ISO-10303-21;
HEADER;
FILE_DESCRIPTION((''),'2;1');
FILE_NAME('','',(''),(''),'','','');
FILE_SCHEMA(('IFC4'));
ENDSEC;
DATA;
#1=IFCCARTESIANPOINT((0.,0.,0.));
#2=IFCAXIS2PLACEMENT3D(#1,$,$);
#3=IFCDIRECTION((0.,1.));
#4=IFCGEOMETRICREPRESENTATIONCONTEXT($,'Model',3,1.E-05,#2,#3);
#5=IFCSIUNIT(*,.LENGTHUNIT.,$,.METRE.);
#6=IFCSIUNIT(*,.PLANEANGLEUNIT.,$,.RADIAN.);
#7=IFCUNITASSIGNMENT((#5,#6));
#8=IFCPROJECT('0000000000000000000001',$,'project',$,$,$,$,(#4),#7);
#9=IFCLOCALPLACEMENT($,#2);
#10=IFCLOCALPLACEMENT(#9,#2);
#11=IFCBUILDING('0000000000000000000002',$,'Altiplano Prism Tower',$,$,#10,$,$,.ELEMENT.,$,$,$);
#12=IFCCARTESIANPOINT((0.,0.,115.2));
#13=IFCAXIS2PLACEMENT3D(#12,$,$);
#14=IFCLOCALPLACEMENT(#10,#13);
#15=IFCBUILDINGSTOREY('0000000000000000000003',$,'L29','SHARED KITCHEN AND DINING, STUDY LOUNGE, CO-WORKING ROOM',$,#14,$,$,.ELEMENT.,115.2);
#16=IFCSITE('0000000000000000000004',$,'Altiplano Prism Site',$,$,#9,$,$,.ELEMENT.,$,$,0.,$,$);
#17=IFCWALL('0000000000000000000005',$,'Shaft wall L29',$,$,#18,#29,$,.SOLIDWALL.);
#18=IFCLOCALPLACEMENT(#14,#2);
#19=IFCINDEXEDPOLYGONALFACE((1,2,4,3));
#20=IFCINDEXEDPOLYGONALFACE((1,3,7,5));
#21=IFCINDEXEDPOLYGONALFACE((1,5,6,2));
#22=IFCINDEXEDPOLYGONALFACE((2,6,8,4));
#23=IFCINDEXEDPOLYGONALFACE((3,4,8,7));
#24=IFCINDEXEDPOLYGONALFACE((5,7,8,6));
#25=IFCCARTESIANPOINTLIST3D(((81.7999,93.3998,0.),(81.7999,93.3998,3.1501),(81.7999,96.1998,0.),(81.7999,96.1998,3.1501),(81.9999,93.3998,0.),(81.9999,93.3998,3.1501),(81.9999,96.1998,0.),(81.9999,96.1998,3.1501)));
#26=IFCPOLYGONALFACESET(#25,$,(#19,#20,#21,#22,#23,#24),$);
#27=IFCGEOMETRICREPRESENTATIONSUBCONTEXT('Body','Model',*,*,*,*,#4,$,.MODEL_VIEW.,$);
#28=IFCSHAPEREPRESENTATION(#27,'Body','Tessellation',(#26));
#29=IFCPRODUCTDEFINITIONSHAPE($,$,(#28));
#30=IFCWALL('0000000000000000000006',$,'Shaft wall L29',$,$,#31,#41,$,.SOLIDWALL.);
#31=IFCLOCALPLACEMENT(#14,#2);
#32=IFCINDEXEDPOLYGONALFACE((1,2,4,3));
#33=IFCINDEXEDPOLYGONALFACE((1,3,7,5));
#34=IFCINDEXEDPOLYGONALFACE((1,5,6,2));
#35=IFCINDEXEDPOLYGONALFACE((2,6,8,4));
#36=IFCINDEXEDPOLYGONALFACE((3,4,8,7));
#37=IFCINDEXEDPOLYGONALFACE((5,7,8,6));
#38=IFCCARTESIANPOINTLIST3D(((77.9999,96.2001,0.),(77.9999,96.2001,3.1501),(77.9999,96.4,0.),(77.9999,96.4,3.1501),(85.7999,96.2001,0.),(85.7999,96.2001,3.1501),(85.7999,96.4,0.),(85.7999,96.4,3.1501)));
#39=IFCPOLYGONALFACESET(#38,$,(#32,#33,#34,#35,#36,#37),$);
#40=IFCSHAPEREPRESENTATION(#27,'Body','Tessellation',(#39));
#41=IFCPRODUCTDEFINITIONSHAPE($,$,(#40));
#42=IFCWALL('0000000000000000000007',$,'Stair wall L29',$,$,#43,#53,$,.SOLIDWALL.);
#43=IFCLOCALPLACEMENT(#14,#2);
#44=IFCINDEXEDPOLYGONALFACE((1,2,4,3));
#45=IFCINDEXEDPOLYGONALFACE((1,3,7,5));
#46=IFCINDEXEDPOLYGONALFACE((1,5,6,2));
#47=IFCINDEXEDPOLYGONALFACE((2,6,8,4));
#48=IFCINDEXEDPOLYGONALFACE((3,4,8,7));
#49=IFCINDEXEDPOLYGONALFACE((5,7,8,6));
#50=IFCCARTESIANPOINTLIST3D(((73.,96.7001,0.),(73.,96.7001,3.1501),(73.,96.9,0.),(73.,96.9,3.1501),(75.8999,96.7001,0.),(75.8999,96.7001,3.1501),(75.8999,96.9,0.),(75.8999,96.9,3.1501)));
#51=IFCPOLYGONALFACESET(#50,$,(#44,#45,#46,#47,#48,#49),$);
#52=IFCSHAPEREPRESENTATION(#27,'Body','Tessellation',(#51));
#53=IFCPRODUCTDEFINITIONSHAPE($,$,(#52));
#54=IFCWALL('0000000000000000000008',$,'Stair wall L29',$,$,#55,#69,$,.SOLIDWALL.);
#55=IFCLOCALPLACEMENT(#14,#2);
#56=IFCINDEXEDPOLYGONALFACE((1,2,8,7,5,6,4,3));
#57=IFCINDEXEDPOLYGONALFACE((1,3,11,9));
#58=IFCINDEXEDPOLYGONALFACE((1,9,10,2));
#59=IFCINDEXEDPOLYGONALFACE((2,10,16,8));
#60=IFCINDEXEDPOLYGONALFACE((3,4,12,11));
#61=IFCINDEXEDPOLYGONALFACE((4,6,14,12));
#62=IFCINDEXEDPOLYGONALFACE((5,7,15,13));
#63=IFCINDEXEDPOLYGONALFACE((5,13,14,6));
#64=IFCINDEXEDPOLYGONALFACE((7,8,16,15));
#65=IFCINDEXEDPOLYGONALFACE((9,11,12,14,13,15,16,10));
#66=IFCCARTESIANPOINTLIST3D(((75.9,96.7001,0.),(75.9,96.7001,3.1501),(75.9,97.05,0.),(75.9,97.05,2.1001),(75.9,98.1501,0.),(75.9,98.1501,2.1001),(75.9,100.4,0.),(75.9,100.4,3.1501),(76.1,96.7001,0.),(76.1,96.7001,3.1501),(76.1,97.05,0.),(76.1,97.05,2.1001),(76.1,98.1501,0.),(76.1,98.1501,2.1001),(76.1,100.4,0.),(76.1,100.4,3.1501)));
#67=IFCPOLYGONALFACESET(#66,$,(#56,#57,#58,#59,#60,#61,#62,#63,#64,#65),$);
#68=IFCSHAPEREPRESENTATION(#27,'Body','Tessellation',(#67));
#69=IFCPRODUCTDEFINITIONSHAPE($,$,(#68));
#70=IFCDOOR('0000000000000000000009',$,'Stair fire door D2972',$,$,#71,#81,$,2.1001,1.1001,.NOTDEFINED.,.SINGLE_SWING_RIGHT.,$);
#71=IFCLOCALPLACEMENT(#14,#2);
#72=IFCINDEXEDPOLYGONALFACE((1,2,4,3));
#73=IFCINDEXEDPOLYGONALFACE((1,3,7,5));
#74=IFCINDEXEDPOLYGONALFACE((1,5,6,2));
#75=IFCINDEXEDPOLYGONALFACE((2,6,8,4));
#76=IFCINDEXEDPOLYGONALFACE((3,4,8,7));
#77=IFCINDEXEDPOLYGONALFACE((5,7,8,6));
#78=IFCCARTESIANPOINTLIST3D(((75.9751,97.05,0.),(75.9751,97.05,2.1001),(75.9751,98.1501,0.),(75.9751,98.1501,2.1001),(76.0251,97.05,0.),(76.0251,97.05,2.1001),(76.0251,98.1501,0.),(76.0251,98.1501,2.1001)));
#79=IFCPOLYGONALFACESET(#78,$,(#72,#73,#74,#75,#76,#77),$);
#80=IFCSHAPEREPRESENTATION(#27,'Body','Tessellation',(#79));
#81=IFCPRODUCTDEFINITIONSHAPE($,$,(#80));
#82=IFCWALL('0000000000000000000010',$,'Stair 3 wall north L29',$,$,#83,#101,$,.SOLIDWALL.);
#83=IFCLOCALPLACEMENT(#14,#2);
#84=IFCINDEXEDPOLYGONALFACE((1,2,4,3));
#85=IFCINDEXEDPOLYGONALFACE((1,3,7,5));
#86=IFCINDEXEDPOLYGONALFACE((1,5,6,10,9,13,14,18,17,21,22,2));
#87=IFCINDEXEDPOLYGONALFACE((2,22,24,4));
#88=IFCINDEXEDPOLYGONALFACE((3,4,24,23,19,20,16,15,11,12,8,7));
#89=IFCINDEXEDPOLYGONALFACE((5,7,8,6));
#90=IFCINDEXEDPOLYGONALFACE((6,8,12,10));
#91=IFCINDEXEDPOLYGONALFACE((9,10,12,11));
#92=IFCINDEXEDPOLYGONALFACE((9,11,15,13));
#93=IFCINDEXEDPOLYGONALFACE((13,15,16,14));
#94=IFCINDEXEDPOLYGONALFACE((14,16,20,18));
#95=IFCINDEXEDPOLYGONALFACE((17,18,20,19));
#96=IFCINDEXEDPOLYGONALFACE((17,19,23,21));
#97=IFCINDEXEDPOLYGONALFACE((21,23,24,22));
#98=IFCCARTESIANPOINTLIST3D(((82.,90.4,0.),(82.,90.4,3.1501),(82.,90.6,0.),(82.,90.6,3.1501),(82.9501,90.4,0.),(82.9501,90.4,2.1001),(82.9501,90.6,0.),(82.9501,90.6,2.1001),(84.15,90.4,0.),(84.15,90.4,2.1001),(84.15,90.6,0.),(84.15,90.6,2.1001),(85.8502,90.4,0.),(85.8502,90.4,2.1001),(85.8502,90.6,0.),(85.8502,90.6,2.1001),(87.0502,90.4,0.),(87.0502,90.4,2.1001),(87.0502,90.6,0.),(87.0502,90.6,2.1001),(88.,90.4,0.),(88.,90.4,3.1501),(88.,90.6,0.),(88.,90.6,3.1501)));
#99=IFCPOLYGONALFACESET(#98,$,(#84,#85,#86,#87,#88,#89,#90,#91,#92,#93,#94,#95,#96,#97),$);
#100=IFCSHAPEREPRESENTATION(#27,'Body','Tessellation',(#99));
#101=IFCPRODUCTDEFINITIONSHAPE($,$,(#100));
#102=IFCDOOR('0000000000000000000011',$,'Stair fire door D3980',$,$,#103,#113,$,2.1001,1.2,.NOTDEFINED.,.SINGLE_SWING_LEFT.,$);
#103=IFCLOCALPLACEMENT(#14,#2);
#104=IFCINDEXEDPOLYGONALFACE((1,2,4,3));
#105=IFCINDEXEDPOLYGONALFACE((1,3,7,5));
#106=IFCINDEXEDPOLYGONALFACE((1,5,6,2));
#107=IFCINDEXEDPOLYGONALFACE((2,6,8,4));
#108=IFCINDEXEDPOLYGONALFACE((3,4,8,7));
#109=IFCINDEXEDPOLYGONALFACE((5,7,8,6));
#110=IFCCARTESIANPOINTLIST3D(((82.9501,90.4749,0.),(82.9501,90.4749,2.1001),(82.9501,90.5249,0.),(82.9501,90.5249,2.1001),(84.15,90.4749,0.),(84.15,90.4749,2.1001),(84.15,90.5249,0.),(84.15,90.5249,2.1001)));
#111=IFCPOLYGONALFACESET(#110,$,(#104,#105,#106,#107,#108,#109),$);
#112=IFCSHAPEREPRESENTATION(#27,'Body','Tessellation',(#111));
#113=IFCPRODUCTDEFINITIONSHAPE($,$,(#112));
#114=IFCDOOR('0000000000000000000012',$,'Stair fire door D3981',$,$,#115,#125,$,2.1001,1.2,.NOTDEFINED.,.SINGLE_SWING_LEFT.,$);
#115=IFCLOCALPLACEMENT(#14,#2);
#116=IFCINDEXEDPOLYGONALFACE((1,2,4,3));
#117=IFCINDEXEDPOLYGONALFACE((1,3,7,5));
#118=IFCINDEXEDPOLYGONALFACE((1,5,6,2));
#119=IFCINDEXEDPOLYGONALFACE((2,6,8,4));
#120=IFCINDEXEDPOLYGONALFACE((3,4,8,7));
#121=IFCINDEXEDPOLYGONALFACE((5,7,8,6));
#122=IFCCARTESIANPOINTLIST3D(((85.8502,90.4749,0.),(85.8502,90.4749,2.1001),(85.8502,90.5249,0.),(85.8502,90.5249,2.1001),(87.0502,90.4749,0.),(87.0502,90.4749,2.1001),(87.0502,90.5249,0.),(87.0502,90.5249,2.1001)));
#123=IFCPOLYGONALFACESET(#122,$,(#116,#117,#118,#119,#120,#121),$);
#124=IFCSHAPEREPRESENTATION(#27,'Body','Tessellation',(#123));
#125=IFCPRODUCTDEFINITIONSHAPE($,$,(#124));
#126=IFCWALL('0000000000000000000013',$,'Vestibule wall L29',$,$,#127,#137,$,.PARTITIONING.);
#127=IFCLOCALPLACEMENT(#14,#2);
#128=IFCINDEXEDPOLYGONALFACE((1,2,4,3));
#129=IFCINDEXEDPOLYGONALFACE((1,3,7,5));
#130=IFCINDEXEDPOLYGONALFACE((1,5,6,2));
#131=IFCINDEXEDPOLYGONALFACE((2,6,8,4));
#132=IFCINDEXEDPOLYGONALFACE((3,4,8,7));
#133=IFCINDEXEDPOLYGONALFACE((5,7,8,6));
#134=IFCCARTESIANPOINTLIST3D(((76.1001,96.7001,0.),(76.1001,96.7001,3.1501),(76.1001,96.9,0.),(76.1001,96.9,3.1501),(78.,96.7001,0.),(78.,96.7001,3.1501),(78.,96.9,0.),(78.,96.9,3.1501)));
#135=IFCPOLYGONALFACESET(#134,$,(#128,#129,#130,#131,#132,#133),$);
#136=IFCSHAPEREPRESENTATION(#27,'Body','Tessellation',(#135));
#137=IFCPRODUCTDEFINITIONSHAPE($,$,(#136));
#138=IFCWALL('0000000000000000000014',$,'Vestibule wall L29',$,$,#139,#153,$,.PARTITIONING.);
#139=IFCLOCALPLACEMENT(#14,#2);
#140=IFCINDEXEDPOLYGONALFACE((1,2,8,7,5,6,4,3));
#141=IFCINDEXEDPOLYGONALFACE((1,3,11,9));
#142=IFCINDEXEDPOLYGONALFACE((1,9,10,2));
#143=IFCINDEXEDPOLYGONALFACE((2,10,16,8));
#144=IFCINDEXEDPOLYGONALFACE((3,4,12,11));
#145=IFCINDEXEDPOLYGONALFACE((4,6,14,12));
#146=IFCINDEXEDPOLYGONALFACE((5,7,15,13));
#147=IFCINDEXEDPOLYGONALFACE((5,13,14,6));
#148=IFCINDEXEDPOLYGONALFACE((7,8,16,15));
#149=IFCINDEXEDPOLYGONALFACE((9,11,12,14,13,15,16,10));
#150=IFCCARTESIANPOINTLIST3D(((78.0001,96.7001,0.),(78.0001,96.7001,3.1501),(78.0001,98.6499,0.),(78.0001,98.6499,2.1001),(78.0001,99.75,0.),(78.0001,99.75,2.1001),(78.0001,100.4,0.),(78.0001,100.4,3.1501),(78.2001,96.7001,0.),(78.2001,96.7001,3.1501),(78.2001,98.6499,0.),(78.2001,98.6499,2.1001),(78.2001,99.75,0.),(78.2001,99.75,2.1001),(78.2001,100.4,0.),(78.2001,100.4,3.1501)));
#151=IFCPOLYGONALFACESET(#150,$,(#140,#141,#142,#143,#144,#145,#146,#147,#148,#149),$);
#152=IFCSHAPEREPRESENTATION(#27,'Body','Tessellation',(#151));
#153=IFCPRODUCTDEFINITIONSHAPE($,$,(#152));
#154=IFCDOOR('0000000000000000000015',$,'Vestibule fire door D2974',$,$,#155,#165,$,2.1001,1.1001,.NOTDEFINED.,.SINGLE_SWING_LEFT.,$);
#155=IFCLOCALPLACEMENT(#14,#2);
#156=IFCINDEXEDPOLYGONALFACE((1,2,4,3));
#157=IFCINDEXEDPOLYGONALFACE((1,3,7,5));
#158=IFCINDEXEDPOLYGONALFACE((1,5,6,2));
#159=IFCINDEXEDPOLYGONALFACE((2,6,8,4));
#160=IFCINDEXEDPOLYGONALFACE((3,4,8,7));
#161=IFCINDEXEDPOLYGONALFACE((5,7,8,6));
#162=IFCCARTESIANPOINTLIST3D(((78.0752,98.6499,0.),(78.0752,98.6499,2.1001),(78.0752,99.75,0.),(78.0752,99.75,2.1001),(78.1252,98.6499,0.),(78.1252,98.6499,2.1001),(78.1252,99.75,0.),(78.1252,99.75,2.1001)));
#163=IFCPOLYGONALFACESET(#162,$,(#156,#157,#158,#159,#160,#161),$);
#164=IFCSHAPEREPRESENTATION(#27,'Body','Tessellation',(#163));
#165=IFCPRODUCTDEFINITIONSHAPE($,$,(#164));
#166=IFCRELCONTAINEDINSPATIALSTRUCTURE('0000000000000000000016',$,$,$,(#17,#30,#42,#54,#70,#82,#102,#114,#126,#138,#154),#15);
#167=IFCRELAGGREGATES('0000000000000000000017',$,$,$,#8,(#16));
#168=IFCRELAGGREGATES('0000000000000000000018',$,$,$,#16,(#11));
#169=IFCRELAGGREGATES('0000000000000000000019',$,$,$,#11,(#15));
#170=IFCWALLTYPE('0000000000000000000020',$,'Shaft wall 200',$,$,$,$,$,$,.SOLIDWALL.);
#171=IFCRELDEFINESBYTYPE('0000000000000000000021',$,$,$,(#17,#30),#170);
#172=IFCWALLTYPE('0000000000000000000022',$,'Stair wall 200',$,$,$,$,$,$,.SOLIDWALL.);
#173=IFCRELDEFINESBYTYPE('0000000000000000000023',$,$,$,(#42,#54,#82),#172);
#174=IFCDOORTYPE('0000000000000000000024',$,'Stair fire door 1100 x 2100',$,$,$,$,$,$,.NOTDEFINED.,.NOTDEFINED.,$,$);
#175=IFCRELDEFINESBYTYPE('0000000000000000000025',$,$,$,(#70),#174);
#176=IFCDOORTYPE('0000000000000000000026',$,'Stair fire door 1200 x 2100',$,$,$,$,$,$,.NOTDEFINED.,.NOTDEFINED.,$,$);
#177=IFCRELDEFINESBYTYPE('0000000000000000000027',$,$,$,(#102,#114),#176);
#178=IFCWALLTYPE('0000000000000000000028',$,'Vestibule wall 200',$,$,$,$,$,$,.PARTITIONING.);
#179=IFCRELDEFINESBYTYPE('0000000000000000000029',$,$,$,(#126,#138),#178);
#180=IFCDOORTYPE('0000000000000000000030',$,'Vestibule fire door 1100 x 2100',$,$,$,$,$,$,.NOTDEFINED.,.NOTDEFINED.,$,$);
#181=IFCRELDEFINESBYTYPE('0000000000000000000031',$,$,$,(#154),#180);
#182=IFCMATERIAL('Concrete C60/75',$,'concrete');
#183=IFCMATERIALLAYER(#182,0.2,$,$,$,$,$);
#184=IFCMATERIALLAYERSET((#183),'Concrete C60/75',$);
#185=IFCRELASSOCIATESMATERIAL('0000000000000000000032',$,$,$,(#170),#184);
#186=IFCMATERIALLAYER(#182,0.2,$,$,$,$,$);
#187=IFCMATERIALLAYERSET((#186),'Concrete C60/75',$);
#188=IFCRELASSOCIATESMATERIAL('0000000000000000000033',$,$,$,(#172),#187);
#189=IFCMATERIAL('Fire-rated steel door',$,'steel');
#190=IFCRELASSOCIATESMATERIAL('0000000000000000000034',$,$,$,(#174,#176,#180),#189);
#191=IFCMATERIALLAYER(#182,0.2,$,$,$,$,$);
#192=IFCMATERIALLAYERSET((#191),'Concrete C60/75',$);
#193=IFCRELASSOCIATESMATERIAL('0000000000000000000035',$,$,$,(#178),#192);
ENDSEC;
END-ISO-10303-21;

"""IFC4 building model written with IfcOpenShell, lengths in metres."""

from ifc_helpers import new_model, si_unit, direction, frame, frame_2d, origin, place, context, subcontext, project, spatial, rectangle, extrude, material, layer, layer_set, type_object, element, fill, save


model = new_model("IFC4")

# Units and contexts
model_context = context("Model", 3, precision=1e-05, world=origin(), true_north=direction((0.0, 1.0)))
body_context = subcontext(model_context, "Body", "Model", "MODEL_VIEW")
ifc_project = project(units=[si_unit("LENGTHUNIT", "METRE"), si_unit("PLANEANGLEUNIT", "RADIAN")], contexts=[model_context])

# Site, building, storey
site_placement = place(None, origin())
site = spatial("IfcSite", under=ifc_project, at=site_placement, Name="Altiplano Prism Site", CompositionType="ELEMENT", RefElevation=0.0)
building_placement = place(site_placement, origin())
building = spatial("IfcBuilding", under=site, at=building_placement, Name="Altiplano Prism Tower", CompositionType="ELEMENT")
storey_placement = place(building_placement, frame((0.0, 0.0, 115.2)))
storey = spatial("IfcBuildingStorey", under=building, at=storey_placement, Name="L29", Description="SHARED KITCHEN AND DINING, STUDY LOUNGE, CO-WORKING ROOM", CompositionType="ELEMENT", Elevation=115.2)

# Shared definitions
ifc_material_1 = material(Name="Fire-rated steel door", Category="steel")

# Walls
ifc_material_2 = material(Name="Concrete C60/75", Category="concrete")
ifc_layer_1 = layer(ifc_material_2, 0.2)
ifc_layer_set_1 = layer_set([ifc_layer_1], Name="Concrete C60/75")
wall_type_1 = type_object("IfcWallType", Name="Shaft wall 200", PredefinedType="SOLIDWALL", material=ifc_layer_set_1)
for number, where, z_axis, x_axis, name in (
    (1, (81.8999, 93.3999, 0.0), (0.0, 0.0, 1.0), (0.0, 1.0, 0.0), "Shaft wall L29"),
):
    element("IfcWall", number, at=place(storey_placement, frame(where, z_axis=z_axis, x_axis=x_axis)), inside=storey, type_object=wall_type_1, Name=name, PredefinedType="SOLIDWALL", context=body_context, shape_type="SweptSolid", body=[
        extrude(rectangle(XDim=2.8, YDim=0.2, at=frame_2d((1.3999, 0.0))), origin(), (0.0, 0.0, 1.0), 3.1501),
    ])
wall_1_placement = place(storey_placement, frame((78.0, 96.3, 0.0), z_axis=(0.0, 0.0, 1.0), x_axis=(1.0, 0.0, 0.0)))
element("IfcWall", 2, at=wall_1_placement, inside=storey, type_object=wall_type_1, Name="Shaft wall L29", PredefinedType="SOLIDWALL", context=body_context, shape_type="SweptSolid", body=[
    extrude(rectangle(XDim=7.8, YDim=0.2, at=frame_2d((3.8999, 0.0))), origin(), (0.0, 0.0, 1.0), 3.1501),
])
ifc_layer_2 = layer(ifc_material_2, 0.2)
ifc_layer_set_2 = layer_set([ifc_layer_2], Name="Concrete C60/75")
wall_type_2 = type_object("IfcWallType", Name="Stair wall 200", PredefinedType="SOLIDWALL", material=ifc_layer_set_2)
wall_2_placement = place(storey_placement, frame((73.0, 96.8, 0.0), z_axis=(0.0, 0.0, 1.0), x_axis=(1.0, 0.0, 0.0)))
element("IfcWall", 3, at=wall_2_placement, inside=storey, type_object=wall_type_2, Name="Stair wall L29", PredefinedType="SOLIDWALL", context=body_context, shape_type="SweptSolid", body=[
    extrude(rectangle(XDim=2.8999, YDim=0.2, at=frame_2d((1.45, 0.0))), origin(), (0.0, 0.0, 1.0), 3.1501),
])

# Wall, opening, door
wall_3_placement = place(storey_placement, frame((76.0, 96.7, 0.0), z_axis=(0.0, 0.0, 1.0), x_axis=(0.0, 1.0, 0.0)))
wall_3 = element("IfcWall", 4, at=wall_3_placement, inside=storey, type_object=wall_type_2, Name="Stair wall L29", PredefinedType="SOLIDWALL", context=body_context, shape_type="SweptSolid", body=[
    extrude(rectangle(XDim=3.7, YDim=0.2, at=frame_2d((1.8501, 0.0))), origin(), (0.0, 0.0, 1.0), 3.1501),
])
opening_1_placement = place(wall_3_placement, frame((0.3501, 0.0, 0.0)))
opening_1 = element("IfcOpeningElement", 5, at=opening_1_placement, cuts=wall_3, PredefinedType="OPENING", context=body_context, shape_type="SweptSolid", body=[
    extrude(rectangle(XDim=1.1001, YDim=2.1001, at=frame_2d((0.55, 1.05))), frame((0.0, 0.1104, 0.0), z_axis=(0.0, -1.0, 0.0), x_axis=(1.0, 0.0, 0.0)), (0.0, 0.0, 1.0), 0.2209),
])
door_type_1 = type_object("IfcDoorType", Name="Stair fire door 1100 x 2100", OperationType="NOTDEFINED", PredefinedType="NOTDEFINED", material=ifc_material_1)
door_1_placement = place(opening_1_placement, origin())
door_1 = element("IfcDoor", 6, at=door_1_placement, inside=storey, type_object=door_type_1, Name="Stair fire door D2972", OperationType="SINGLE_SWING_RIGHT", OverallHeight=2.1001, OverallWidth=1.1001, PredefinedType="NOTDEFINED", context=body_context, shape_type="SweptSolid", body=[
    extrude(rectangle(XDim=1.1001, YDim=2.1001, at=frame_2d((0.55, 1.05))), frame((0.0, 0.0249, 0.0), z_axis=(0.0, -1.0, 0.0), x_axis=(1.0, 0.0, 0.0)), (0.0, 0.0, 1.0), 0.05),
])
fill(opening_1, door_1)

# Wall, openings, doors
wall_4_placement = place(storey_placement, frame((82.0, 90.5, 0.0), z_axis=(0.0, 0.0, 1.0), x_axis=(1.0, 0.0, 0.0)))
wall_4 = element("IfcWall", 7, at=wall_4_placement, inside=storey, type_object=wall_type_2, Name="Stair 3 wall north L29", PredefinedType="SOLIDWALL", context=body_context, shape_type="SweptSolid", body=[
    extrude(rectangle(XDim=6.0, YDim=0.2, at=frame_2d((3.0, 0.0))), origin(), (0.0, 0.0, 1.0), 3.1501),
])
opening_2_placement = place(wall_4_placement, frame((0.95, 0.0, 0.0)))
opening_2 = element("IfcOpeningElement", 8, at=opening_2_placement, cuts=wall_4, PredefinedType="OPENING", context=body_context, shape_type="SweptSolid", body=[
    extrude(rectangle(XDim=1.2, YDim=2.1001, at=frame_2d((0.6001, 1.05))), frame((0.0, 0.1104, 0.0), z_axis=(0.0, -1.0, 0.0), x_axis=(1.0, 0.0, 0.0)), (0.0, 0.0, 1.0), 0.2209),
])
opening_3_placement = place(wall_4_placement, frame((3.8501, 0.0, 0.0)))
opening_3 = element("IfcOpeningElement", 9, at=opening_3_placement, cuts=wall_4, PredefinedType="OPENING", context=body_context, shape_type="SweptSolid", body=[
    extrude(rectangle(XDim=1.2, YDim=2.1001, at=frame_2d((0.6001, 1.05))), frame((0.0, 0.1104, 0.0), z_axis=(0.0, -1.0, 0.0), x_axis=(1.0, 0.0, 0.0)), (0.0, 0.0, 1.0), 0.2209),
])
door_type_2 = type_object("IfcDoorType", Name="Stair fire door 1200 x 2100", OperationType="NOTDEFINED", PredefinedType="NOTDEFINED", material=ifc_material_1)
door_2_placement = place(opening_2_placement, origin())
door_2 = element("IfcDoor", 10, at=door_2_placement, inside=storey, type_object=door_type_2, Name="Stair fire door D3980", OperationType="SINGLE_SWING_LEFT", OverallHeight=2.1001, OverallWidth=1.2, PredefinedType="NOTDEFINED", context=body_context, shape_type="SweptSolid", body=[
    extrude(rectangle(XDim=1.2, YDim=2.1001, at=frame_2d((0.6001, 1.05))), frame((0.0, 0.0249, 0.0), z_axis=(0.0, -1.0, 0.0), x_axis=(1.0, 0.0, 0.0)), (0.0, 0.0, 1.0), 0.05),
])
fill(opening_2, door_2)
door_3_placement = place(opening_3_placement, origin())
door_3 = element("IfcDoor", 11, at=door_3_placement, inside=storey, type_object=door_type_2, Name="Stair fire door D3981", OperationType="SINGLE_SWING_LEFT", OverallHeight=2.1001, OverallWidth=1.2, PredefinedType="NOTDEFINED", context=body_context, shape_type="SweptSolid", body=[
    extrude(rectangle(XDim=1.2, YDim=2.1001, at=frame_2d((0.6001, 1.05))), frame((0.0, 0.0249, 0.0), z_axis=(0.0, -1.0, 0.0), x_axis=(1.0, 0.0, 0.0)), (0.0, 0.0, 1.0), 0.05),
])
fill(opening_3, door_3)

# Wall
ifc_layer_3 = layer(ifc_material_2, 0.2)
ifc_layer_set_3 = layer_set([ifc_layer_3], Name="Concrete C60/75")
wall_type_3 = type_object("IfcWallType", Name="Vestibule wall 200", PredefinedType="PARTITIONING", material=ifc_layer_set_3)
wall_5_placement = place(storey_placement, frame((76.1001, 96.8, 0.0), z_axis=(0.0, 0.0, 1.0), x_axis=(1.0, 0.0, 0.0)))
element("IfcWall", 12, at=wall_5_placement, inside=storey, type_object=wall_type_3, Name="Vestibule wall L29", PredefinedType="PARTITIONING", context=body_context, shape_type="SweptSolid", body=[
    extrude(rectangle(XDim=1.8999, YDim=0.2, at=frame_2d((0.95, 0.0))), origin(), (0.0, 0.0, 1.0), 3.1501),
])

# Wall, opening, door
wall_6_placement = place(storey_placement, frame((78.1001, 96.7, 0.0), z_axis=(0.0, 0.0, 1.0), x_axis=(0.0, 1.0, 0.0)))
wall_6 = element("IfcWall", 13, at=wall_6_placement, inside=storey, type_object=wall_type_3, Name="Vestibule wall L29", PredefinedType="PARTITIONING", context=body_context, shape_type="SweptSolid", body=[
    extrude(rectangle(XDim=3.7, YDim=0.2, at=frame_2d((1.8501, 0.0))), origin(), (0.0, 0.0, 1.0), 3.1501),
])
opening_4_placement = place(wall_6_placement, frame((1.95, 0.0, 0.0)))
opening_4 = element("IfcOpeningElement", 14, at=opening_4_placement, cuts=wall_6, PredefinedType="OPENING", context=body_context, shape_type="SweptSolid", body=[
    extrude(rectangle(XDim=1.1001, YDim=2.1001, at=frame_2d((0.55, 1.05))), frame((0.0, 0.1104, 0.0), z_axis=(0.0, -1.0, 0.0), x_axis=(1.0, 0.0, 0.0)), (0.0, 0.0, 1.0), 0.2209),
])
door_type_3 = type_object("IfcDoorType", Name="Vestibule fire door 1100 x 2100", OperationType="NOTDEFINED", PredefinedType="NOTDEFINED", material=ifc_material_1)
door_4_placement = place(opening_4_placement, origin())
door_4 = element("IfcDoor", 15, at=door_4_placement, inside=storey, type_object=door_type_3, Name="Vestibule fire door D2974", OperationType="SINGLE_SWING_LEFT", OverallHeight=2.1001, OverallWidth=1.1001, PredefinedType="NOTDEFINED", context=body_context, shape_type="SweptSolid", body=[
    extrude(rectangle(XDim=1.1001, YDim=2.1001, at=frame_2d((0.55, 1.05))), frame((0.0, 0.0249, 0.0), z_axis=(0.0, -1.0, 0.0), x_axis=(1.0, 0.0, 0.0)), (0.0, 0.0, 1.0), 0.05),
])
fill(opening_4, door_4)

save(model, "model.ifc")
